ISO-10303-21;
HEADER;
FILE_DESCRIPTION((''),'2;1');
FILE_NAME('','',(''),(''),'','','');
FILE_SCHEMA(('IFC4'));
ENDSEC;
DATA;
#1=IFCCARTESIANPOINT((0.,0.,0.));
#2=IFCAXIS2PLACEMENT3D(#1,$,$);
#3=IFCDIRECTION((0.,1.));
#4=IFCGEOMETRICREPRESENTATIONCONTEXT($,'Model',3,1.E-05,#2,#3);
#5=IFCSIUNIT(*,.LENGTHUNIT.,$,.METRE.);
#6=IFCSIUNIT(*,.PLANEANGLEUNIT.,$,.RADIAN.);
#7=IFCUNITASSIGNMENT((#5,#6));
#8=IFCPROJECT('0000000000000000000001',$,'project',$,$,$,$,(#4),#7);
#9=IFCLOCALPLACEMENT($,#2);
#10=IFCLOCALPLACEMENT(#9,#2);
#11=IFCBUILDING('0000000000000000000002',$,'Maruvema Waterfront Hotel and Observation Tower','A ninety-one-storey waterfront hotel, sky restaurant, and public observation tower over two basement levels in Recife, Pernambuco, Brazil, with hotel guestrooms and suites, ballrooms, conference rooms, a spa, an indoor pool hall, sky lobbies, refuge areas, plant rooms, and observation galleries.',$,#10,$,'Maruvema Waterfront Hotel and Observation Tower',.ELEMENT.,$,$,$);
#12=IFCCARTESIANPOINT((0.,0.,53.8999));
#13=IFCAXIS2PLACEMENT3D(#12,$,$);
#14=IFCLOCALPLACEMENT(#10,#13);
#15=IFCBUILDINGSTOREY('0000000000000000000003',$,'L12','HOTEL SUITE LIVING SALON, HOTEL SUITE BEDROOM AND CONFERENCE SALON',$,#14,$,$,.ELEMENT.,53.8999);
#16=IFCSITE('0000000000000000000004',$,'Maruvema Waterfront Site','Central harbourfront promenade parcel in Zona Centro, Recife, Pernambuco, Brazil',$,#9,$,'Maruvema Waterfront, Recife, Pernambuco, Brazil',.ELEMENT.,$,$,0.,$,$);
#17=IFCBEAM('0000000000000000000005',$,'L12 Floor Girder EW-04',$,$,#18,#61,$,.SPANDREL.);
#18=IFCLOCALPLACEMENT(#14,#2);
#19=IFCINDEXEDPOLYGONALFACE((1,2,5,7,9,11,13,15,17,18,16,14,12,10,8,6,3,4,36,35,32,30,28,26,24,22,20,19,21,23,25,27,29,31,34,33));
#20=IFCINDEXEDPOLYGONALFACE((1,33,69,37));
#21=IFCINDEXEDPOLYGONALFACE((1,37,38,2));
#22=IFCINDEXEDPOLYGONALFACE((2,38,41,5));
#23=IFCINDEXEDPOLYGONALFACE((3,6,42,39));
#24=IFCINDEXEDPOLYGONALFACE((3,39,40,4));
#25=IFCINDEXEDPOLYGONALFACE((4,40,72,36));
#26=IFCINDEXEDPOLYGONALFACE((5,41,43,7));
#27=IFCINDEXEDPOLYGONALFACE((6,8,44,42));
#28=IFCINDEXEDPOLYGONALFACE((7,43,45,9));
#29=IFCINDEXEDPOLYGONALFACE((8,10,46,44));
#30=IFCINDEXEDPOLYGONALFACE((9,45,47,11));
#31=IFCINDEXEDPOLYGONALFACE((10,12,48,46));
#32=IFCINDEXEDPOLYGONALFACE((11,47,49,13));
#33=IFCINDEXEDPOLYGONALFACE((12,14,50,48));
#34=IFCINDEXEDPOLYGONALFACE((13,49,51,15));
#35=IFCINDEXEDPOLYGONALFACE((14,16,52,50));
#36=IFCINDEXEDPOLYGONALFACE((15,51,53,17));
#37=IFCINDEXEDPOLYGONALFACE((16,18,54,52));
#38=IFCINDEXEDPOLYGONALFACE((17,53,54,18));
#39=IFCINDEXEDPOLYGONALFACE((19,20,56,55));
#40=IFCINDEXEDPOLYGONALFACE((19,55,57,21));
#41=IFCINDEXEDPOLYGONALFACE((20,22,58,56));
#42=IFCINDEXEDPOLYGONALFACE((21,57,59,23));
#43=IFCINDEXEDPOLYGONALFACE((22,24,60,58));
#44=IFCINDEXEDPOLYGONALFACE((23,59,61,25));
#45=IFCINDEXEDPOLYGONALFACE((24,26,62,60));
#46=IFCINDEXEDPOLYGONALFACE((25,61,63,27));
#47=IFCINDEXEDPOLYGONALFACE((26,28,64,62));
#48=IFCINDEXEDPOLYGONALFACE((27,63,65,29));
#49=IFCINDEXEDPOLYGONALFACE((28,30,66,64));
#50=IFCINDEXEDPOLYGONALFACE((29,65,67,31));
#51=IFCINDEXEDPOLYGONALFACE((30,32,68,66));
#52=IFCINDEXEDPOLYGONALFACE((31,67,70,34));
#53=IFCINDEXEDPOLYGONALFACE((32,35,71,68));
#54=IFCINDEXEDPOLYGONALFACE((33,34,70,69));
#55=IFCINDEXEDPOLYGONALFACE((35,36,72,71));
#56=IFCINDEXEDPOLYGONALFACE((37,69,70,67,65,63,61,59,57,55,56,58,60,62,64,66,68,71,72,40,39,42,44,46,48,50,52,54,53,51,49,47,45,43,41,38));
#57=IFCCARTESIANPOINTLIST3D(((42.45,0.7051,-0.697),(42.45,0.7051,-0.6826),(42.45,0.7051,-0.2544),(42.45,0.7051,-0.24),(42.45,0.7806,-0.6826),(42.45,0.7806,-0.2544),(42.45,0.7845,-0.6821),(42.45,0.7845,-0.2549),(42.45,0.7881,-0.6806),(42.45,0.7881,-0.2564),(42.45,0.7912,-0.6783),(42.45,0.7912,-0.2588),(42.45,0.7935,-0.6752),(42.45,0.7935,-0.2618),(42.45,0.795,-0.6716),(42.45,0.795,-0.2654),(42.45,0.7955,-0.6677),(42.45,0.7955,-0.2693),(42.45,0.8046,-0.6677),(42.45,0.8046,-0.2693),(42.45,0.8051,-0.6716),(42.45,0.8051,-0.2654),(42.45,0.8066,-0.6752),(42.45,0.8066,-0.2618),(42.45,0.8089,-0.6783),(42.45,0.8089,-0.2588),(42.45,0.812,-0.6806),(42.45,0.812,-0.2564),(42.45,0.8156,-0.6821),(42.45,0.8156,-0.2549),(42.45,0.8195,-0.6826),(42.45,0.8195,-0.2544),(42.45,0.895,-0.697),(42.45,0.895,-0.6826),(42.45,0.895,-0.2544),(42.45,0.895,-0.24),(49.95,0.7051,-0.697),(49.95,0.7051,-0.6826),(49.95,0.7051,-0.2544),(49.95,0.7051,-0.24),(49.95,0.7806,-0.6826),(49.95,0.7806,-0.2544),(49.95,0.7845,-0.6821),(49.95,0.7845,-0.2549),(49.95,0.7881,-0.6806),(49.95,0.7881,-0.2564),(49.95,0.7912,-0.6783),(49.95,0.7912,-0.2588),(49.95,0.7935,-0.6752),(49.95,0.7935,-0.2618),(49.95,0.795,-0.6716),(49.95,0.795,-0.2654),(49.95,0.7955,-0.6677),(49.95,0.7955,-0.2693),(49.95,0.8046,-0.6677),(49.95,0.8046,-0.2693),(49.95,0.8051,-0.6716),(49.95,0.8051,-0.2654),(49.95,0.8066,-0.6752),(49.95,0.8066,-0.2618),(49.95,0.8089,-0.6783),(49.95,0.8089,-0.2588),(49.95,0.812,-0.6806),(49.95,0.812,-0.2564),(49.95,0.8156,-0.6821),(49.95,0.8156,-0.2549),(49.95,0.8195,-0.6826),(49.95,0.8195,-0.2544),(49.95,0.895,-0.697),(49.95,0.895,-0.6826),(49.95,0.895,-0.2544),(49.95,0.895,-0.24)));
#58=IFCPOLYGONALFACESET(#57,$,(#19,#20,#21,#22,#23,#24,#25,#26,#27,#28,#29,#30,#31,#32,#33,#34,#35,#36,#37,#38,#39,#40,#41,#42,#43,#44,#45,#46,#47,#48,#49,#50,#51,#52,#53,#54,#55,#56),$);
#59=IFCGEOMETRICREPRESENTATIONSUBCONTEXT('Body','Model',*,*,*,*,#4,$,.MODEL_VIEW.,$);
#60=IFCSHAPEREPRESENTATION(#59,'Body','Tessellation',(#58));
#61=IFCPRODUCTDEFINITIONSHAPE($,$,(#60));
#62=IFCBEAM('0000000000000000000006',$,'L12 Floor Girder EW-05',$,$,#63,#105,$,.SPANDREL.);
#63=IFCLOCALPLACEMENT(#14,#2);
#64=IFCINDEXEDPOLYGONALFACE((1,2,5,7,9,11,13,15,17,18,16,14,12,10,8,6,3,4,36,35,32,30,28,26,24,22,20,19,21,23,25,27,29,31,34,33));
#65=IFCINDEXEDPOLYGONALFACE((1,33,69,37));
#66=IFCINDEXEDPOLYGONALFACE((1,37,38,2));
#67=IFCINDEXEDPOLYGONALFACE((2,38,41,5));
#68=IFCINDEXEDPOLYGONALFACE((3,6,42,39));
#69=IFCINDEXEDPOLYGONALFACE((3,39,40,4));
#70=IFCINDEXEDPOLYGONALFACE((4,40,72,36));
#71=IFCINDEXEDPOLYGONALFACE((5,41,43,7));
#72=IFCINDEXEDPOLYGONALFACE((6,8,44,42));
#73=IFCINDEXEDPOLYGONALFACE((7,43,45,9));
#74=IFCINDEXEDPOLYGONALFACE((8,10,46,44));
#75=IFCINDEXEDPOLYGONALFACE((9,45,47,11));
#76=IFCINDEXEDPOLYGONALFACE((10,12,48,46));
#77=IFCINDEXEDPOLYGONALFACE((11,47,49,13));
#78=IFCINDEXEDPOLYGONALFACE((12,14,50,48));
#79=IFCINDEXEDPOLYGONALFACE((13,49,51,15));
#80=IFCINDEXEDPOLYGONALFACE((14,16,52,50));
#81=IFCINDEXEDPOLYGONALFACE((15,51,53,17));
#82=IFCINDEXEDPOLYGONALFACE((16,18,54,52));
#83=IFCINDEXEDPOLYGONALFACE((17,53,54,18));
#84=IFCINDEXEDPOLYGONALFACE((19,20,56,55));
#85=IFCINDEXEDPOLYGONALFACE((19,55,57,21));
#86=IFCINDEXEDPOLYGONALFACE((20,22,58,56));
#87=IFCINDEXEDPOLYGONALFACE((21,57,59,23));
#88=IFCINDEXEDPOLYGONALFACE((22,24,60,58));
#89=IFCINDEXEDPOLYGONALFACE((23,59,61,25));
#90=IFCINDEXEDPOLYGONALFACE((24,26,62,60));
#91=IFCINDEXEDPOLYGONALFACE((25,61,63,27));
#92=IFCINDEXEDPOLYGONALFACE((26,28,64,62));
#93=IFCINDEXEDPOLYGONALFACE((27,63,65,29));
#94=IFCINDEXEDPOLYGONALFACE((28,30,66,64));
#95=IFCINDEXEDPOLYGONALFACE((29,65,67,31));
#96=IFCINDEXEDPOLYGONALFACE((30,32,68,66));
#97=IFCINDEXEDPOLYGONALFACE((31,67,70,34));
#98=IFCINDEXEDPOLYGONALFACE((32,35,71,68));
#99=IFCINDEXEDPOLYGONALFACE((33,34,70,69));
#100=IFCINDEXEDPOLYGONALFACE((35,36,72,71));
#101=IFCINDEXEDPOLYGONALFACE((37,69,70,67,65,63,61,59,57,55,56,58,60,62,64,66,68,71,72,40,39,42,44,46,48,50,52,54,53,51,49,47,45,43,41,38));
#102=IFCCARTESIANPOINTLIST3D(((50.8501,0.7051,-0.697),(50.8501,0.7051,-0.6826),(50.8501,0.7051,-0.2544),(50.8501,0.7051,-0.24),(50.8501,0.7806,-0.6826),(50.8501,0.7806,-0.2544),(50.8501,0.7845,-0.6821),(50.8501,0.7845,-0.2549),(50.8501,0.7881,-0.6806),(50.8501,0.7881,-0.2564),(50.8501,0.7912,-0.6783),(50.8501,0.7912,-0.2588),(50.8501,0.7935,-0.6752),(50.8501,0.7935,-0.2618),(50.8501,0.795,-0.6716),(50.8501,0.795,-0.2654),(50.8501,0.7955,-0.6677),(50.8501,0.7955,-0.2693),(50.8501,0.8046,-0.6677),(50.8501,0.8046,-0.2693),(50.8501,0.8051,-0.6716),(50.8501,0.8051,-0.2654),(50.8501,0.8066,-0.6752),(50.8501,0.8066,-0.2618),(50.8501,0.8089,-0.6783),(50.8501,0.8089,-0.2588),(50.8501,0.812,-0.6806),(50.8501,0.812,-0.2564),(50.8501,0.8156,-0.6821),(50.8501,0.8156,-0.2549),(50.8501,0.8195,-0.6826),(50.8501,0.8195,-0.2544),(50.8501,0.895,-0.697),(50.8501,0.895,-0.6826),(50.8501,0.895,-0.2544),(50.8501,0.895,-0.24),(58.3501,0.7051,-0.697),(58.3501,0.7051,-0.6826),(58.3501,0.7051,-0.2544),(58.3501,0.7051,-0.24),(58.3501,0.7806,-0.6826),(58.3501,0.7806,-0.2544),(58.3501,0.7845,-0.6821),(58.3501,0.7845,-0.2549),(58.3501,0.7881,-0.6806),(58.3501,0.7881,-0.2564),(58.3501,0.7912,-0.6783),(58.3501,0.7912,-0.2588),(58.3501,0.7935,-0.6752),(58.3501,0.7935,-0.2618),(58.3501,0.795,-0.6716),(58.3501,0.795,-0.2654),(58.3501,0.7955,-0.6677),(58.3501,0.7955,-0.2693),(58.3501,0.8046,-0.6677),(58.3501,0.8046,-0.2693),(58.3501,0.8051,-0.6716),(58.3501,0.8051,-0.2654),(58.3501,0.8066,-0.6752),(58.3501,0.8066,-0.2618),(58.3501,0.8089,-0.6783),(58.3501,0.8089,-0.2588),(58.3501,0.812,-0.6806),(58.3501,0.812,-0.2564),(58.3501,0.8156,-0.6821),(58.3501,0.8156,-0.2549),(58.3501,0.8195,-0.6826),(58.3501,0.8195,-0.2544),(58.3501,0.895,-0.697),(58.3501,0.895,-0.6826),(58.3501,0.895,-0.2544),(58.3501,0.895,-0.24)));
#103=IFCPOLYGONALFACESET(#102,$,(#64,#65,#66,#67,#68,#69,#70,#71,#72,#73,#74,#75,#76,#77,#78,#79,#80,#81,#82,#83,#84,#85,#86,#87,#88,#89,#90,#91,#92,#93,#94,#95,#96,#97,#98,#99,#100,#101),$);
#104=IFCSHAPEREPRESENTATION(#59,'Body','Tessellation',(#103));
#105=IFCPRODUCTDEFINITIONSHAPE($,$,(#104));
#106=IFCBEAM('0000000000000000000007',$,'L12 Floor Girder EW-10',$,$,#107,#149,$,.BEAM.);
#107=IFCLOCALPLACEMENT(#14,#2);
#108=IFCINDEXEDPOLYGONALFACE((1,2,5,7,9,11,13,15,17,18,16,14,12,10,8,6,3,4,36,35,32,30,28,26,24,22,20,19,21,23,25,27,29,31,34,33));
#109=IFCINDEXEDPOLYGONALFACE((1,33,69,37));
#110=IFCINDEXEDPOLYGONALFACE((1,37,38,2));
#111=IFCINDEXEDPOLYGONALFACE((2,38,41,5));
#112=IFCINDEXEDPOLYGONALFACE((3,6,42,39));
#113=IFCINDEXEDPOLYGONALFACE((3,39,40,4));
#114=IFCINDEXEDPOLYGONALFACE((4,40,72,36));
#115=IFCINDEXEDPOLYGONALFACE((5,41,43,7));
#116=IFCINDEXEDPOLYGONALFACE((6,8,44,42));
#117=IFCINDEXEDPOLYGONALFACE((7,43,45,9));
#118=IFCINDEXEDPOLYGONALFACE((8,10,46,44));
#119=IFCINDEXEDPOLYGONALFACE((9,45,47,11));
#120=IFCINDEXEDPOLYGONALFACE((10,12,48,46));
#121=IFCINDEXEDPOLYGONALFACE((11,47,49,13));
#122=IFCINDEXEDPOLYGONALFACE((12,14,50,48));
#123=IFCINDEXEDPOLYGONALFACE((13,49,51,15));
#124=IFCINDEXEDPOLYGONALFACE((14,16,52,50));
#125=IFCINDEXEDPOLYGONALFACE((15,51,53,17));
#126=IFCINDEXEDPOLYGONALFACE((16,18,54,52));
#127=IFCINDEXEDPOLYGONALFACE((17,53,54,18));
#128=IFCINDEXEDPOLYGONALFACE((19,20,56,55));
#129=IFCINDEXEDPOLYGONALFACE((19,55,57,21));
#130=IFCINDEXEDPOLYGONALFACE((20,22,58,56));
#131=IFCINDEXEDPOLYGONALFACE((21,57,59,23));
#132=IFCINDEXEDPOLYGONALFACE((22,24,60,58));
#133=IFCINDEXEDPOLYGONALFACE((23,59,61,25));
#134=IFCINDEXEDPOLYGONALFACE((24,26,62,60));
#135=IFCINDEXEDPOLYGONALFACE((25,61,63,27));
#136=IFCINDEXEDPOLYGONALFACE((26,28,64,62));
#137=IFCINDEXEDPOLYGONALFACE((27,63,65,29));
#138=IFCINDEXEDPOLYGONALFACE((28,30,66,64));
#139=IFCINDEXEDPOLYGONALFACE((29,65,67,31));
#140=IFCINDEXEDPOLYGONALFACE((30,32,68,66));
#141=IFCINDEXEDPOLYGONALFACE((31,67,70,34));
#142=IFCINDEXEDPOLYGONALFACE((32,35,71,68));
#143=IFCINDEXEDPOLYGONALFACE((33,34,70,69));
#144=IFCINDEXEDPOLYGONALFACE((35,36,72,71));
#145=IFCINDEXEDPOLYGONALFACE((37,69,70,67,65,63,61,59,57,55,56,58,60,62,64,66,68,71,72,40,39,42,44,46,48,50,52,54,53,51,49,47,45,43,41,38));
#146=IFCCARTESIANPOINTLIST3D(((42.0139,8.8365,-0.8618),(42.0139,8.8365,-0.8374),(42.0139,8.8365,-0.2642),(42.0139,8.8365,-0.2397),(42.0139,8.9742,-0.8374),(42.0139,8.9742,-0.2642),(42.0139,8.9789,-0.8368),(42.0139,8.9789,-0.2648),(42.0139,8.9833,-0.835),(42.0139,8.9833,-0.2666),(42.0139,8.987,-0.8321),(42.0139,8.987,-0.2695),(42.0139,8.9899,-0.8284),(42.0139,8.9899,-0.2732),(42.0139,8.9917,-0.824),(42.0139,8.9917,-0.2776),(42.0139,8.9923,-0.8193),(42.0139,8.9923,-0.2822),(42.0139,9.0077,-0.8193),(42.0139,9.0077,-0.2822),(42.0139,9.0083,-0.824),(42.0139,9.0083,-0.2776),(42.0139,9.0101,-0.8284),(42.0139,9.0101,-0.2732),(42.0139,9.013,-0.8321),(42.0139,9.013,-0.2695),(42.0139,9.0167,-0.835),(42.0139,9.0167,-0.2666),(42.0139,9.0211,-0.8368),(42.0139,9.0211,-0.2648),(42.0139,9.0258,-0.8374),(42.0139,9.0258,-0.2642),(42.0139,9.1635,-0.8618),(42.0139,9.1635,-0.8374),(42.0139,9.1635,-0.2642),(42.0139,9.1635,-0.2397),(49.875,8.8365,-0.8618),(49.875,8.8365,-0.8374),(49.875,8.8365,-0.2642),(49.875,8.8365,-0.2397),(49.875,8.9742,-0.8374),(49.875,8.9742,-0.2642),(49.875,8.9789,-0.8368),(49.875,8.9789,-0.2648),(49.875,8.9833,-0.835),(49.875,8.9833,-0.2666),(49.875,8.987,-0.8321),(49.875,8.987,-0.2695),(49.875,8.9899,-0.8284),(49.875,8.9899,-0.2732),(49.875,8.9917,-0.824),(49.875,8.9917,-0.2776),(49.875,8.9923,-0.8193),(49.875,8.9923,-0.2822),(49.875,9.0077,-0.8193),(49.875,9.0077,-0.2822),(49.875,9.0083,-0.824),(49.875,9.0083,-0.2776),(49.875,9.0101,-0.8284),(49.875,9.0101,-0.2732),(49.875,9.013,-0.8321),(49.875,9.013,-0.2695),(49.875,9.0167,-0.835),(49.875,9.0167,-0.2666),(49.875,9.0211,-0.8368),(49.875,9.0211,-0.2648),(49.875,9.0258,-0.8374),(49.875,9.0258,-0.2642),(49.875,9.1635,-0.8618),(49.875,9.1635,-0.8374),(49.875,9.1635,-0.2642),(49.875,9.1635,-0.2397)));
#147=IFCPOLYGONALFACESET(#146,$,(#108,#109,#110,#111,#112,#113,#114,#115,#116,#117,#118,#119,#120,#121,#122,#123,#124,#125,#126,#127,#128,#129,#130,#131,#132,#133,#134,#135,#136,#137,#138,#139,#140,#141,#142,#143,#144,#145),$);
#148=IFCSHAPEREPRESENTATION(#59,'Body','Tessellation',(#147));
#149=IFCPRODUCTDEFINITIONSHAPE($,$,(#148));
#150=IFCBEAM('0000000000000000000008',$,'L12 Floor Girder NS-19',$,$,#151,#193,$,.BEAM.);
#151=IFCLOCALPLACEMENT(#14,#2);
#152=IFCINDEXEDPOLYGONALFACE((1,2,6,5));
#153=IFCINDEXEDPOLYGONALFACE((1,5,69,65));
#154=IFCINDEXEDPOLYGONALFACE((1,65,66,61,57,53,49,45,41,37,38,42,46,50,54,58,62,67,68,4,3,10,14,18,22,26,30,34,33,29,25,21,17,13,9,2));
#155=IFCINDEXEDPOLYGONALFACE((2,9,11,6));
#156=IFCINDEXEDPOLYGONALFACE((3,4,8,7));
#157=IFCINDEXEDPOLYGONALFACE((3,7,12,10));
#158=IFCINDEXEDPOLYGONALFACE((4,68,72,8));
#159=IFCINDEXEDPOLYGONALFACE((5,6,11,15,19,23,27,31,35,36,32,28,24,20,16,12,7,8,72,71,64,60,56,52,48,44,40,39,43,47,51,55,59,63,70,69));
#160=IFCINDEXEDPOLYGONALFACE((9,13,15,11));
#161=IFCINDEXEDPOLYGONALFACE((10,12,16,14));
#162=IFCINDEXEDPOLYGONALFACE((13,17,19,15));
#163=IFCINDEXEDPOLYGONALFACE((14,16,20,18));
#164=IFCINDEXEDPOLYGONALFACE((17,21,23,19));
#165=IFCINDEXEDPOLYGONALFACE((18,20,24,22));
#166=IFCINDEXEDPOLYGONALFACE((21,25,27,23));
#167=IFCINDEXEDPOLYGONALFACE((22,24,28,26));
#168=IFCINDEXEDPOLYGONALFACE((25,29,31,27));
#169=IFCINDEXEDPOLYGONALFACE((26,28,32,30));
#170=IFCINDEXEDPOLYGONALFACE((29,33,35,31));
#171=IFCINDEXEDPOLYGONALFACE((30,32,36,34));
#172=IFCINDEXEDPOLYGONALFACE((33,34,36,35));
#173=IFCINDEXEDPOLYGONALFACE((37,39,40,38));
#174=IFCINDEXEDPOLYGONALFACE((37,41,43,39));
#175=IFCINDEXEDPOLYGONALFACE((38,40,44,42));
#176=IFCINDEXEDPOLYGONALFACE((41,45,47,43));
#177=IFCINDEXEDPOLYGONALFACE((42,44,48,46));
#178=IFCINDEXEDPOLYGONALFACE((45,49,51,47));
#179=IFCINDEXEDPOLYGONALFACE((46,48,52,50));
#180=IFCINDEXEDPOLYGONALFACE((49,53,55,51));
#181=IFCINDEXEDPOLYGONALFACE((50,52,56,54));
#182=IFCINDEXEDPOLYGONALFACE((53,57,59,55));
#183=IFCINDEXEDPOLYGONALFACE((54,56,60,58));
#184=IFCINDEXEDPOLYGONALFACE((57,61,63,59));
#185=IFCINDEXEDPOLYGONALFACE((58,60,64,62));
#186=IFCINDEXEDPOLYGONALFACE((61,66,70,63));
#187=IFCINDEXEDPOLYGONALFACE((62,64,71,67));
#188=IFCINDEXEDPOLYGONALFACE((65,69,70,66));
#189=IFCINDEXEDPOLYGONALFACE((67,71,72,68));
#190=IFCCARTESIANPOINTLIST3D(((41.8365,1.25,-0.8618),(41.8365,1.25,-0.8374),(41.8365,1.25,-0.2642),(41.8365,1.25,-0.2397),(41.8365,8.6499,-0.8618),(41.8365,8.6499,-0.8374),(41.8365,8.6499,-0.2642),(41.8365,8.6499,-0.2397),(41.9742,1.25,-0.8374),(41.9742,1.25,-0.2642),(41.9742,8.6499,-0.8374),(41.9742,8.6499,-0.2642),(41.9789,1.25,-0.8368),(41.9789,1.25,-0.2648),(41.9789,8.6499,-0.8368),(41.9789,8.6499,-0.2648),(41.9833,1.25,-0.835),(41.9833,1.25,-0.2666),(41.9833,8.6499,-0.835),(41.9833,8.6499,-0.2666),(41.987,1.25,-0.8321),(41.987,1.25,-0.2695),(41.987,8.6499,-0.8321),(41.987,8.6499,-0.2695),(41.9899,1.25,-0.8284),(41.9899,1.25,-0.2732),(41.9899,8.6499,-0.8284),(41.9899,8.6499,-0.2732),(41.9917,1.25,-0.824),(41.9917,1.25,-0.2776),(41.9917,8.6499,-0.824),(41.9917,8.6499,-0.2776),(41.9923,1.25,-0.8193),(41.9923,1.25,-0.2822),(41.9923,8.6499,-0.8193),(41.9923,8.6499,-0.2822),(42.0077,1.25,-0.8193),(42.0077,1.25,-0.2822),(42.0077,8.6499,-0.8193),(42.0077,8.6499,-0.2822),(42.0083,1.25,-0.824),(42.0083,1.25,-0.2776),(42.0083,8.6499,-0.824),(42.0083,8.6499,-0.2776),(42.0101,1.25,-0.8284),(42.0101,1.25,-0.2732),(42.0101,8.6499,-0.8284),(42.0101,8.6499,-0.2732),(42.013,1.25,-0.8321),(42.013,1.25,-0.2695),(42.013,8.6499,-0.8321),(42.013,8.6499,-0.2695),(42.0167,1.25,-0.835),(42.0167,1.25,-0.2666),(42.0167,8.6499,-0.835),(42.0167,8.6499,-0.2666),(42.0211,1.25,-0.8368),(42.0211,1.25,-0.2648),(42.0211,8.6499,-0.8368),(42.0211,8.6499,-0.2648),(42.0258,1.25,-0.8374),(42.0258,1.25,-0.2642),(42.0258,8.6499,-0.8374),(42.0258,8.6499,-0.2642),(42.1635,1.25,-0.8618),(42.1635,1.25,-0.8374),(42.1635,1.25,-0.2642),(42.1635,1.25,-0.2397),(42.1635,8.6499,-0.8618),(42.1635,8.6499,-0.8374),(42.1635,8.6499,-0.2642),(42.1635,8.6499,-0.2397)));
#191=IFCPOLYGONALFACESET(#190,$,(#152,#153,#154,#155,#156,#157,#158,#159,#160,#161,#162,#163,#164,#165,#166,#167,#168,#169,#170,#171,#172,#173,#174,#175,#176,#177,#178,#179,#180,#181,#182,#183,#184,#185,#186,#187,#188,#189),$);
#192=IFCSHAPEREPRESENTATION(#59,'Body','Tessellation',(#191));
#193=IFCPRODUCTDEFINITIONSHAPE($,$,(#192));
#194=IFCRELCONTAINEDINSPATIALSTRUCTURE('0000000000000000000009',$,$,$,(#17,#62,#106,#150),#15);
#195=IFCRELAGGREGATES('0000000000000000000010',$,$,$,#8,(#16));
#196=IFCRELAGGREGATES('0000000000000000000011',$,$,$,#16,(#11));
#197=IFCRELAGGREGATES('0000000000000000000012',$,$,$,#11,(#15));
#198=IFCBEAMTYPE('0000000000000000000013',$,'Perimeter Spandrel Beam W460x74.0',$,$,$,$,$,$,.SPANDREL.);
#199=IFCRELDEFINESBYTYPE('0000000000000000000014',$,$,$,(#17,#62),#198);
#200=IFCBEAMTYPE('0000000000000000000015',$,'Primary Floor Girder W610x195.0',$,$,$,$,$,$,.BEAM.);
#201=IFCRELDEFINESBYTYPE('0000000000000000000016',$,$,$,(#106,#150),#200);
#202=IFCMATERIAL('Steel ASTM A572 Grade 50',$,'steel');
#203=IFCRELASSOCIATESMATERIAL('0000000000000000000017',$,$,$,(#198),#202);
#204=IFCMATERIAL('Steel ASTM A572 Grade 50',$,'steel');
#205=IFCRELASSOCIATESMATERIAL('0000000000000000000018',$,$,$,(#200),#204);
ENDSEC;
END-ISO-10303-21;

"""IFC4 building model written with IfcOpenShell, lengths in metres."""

from ifc_helpers import new_model, si_unit, direction, frame, origin, origin_2d, place, context, subcontext, project, spatial, i_section, extrude, material, material_profile, profile_set, type_object, element, save


model = new_model("IFC4")

# Units and contexts
model_context = context("Model", 3, precision=1e-05, world=origin(), true_north=direction((0.0, 1.0)))
body_context = subcontext(model_context, "Body", "Model", "MODEL_VIEW")
ifc_project = project(units=[si_unit("LENGTHUNIT", "METRE"), si_unit("PLANEANGLEUNIT", "RADIAN")], contexts=[model_context])

# Site, building, storey
site_placement = place(None, origin())
site = spatial("IfcSite", under=ifc_project, at=site_placement, Name="Maruvema Waterfront Site", Description="Central harbourfront promenade parcel in Zona Centro, Recife, Pernambuco, Brazil", LongName="Maruvema Waterfront, Recife, Pernambuco, Brazil", CompositionType="ELEMENT", RefElevation=0.0)
building_placement = place(site_placement, origin())
building = spatial("IfcBuilding", under=site, at=building_placement, Name="Maruvema Waterfront Hotel and Observation Tower", Description="A ninety-one-storey waterfront hotel, sky restaurant, and public observation tower over two basement levels in Recife, Pernambuco, Brazil, with hotel guestrooms and suites, ballrooms, conference rooms, a spa, an indoor pool hall, sky lobbies, refuge areas, plant rooms, and observation galleries.", LongName="Maruvema Waterfront Hotel and Observation Tower", CompositionType="ELEMENT")
storey_placement = place(building_placement, frame((0.0, 0.0, 53.8999)))
storey = spatial("IfcBuildingStorey", under=building, at=storey_placement, Name="L12", Description="HOTEL SUITE LIVING SALON, HOTEL SUITE BEDROOM AND CONFERENCE SALON", CompositionType="ELEMENT", Elevation=53.8999)

# Beams
ifc_material_1 = material(Name="Steel ASTM A572 Grade 50", Category="steel")
ifc_material_profile_1 = material_profile(ifc_material_1, i_section(OverallWidth=0.1899, OverallDepth=0.457, WebThickness=0.009, FlangeThickness=0.0144, FilletRadius=0.0149, at=origin_2d()), Name="W460x74.0")
ifc_profile_set_1 = profile_set([ifc_material_profile_1], Name="Steel ASTM A572 Grade 50")
beam_type_1 = type_object("IfcBeamType", Name="Perimeter Spandrel Beam W460x74.0", PredefinedType="SPANDREL", material=ifc_profile_set_1)
for number, where, z_axis, x_axis, name in (
    (1, (42.45, 0.8, -0.4685), (1.0, 0.0, 0.0), (0.0, 1.0, 0.0), "L12 Floor Girder EW-04"),
    (2, (50.8501, 0.8, -0.4685), (1.0, 0.0, 0.0), (0.0, 1.0, 0.0), "L12 Floor Girder EW-05"),
):
    element("IfcBeam", number, at=place(storey_placement, frame(where, z_axis=z_axis, x_axis=x_axis)), inside=storey, type_object=beam_type_1, Name=name, PredefinedType="SPANDREL", context=body_context, shape_type="SweptSolid", body=[
        extrude(i_section(OverallWidth=0.1899, OverallDepth=0.457, WebThickness=0.009, FlangeThickness=0.0144, FilletRadius=0.0149, at=origin_2d()), origin(), (0.0, 0.0, 1.0), 7.5),
    ])
ifc_material_2 = material(Name="Steel ASTM A572 Grade 50", Category="steel")
ifc_material_profile_2 = material_profile(ifc_material_2, i_section(OverallWidth=0.3269, OverallDepth=0.6221, WebThickness=0.0154, FlangeThickness=0.0244, FilletRadius=0.0181, at=origin_2d()), Name="W610x195.0")
ifc_profile_set_2 = profile_set([ifc_material_profile_2], Name="Steel ASTM A572 Grade 50")
beam_type_2 = type_object("IfcBeamType", Name="Primary Floor Girder W610x195.0", PredefinedType="BEAM", material=ifc_profile_set_2)
beam_1_placement = place(storey_placement, frame((42.0139, 9.0, -0.5508), z_axis=(1.0, 0.0, 0.0), x_axis=(0.0, 1.0, 0.0)))
element("IfcBeam", 3, at=beam_1_placement, inside=storey, type_object=beam_type_2, Name="L12 Floor Girder EW-10", PredefinedType="BEAM", context=body_context, shape_type="SweptSolid", body=[
    extrude(i_section(OverallWidth=0.3269, OverallDepth=0.6221, WebThickness=0.0154, FlangeThickness=0.0244, FilletRadius=0.0181, at=origin_2d()), origin(), (0.0, 0.0, 1.0), 7.8611),
])
beam_2_placement = place(storey_placement, frame((42.0, 1.25, -0.5508), z_axis=(0.0, 1.0, 0.0), x_axis=(-1.0, 0.0, 0.0)))
element("IfcBeam", 4, at=beam_2_placement, inside=storey, type_object=beam_type_2, Name="L12 Floor Girder NS-19", PredefinedType="BEAM", context=body_context, shape_type="SweptSolid", body=[
    extrude(i_section(OverallWidth=0.3269, OverallDepth=0.6221, WebThickness=0.0154, FlangeThickness=0.0244, FilletRadius=0.0181, at=origin_2d()), origin(), (0.0, 0.0, 1.0), 7.3999),
])

save(model, "model.ifc")
